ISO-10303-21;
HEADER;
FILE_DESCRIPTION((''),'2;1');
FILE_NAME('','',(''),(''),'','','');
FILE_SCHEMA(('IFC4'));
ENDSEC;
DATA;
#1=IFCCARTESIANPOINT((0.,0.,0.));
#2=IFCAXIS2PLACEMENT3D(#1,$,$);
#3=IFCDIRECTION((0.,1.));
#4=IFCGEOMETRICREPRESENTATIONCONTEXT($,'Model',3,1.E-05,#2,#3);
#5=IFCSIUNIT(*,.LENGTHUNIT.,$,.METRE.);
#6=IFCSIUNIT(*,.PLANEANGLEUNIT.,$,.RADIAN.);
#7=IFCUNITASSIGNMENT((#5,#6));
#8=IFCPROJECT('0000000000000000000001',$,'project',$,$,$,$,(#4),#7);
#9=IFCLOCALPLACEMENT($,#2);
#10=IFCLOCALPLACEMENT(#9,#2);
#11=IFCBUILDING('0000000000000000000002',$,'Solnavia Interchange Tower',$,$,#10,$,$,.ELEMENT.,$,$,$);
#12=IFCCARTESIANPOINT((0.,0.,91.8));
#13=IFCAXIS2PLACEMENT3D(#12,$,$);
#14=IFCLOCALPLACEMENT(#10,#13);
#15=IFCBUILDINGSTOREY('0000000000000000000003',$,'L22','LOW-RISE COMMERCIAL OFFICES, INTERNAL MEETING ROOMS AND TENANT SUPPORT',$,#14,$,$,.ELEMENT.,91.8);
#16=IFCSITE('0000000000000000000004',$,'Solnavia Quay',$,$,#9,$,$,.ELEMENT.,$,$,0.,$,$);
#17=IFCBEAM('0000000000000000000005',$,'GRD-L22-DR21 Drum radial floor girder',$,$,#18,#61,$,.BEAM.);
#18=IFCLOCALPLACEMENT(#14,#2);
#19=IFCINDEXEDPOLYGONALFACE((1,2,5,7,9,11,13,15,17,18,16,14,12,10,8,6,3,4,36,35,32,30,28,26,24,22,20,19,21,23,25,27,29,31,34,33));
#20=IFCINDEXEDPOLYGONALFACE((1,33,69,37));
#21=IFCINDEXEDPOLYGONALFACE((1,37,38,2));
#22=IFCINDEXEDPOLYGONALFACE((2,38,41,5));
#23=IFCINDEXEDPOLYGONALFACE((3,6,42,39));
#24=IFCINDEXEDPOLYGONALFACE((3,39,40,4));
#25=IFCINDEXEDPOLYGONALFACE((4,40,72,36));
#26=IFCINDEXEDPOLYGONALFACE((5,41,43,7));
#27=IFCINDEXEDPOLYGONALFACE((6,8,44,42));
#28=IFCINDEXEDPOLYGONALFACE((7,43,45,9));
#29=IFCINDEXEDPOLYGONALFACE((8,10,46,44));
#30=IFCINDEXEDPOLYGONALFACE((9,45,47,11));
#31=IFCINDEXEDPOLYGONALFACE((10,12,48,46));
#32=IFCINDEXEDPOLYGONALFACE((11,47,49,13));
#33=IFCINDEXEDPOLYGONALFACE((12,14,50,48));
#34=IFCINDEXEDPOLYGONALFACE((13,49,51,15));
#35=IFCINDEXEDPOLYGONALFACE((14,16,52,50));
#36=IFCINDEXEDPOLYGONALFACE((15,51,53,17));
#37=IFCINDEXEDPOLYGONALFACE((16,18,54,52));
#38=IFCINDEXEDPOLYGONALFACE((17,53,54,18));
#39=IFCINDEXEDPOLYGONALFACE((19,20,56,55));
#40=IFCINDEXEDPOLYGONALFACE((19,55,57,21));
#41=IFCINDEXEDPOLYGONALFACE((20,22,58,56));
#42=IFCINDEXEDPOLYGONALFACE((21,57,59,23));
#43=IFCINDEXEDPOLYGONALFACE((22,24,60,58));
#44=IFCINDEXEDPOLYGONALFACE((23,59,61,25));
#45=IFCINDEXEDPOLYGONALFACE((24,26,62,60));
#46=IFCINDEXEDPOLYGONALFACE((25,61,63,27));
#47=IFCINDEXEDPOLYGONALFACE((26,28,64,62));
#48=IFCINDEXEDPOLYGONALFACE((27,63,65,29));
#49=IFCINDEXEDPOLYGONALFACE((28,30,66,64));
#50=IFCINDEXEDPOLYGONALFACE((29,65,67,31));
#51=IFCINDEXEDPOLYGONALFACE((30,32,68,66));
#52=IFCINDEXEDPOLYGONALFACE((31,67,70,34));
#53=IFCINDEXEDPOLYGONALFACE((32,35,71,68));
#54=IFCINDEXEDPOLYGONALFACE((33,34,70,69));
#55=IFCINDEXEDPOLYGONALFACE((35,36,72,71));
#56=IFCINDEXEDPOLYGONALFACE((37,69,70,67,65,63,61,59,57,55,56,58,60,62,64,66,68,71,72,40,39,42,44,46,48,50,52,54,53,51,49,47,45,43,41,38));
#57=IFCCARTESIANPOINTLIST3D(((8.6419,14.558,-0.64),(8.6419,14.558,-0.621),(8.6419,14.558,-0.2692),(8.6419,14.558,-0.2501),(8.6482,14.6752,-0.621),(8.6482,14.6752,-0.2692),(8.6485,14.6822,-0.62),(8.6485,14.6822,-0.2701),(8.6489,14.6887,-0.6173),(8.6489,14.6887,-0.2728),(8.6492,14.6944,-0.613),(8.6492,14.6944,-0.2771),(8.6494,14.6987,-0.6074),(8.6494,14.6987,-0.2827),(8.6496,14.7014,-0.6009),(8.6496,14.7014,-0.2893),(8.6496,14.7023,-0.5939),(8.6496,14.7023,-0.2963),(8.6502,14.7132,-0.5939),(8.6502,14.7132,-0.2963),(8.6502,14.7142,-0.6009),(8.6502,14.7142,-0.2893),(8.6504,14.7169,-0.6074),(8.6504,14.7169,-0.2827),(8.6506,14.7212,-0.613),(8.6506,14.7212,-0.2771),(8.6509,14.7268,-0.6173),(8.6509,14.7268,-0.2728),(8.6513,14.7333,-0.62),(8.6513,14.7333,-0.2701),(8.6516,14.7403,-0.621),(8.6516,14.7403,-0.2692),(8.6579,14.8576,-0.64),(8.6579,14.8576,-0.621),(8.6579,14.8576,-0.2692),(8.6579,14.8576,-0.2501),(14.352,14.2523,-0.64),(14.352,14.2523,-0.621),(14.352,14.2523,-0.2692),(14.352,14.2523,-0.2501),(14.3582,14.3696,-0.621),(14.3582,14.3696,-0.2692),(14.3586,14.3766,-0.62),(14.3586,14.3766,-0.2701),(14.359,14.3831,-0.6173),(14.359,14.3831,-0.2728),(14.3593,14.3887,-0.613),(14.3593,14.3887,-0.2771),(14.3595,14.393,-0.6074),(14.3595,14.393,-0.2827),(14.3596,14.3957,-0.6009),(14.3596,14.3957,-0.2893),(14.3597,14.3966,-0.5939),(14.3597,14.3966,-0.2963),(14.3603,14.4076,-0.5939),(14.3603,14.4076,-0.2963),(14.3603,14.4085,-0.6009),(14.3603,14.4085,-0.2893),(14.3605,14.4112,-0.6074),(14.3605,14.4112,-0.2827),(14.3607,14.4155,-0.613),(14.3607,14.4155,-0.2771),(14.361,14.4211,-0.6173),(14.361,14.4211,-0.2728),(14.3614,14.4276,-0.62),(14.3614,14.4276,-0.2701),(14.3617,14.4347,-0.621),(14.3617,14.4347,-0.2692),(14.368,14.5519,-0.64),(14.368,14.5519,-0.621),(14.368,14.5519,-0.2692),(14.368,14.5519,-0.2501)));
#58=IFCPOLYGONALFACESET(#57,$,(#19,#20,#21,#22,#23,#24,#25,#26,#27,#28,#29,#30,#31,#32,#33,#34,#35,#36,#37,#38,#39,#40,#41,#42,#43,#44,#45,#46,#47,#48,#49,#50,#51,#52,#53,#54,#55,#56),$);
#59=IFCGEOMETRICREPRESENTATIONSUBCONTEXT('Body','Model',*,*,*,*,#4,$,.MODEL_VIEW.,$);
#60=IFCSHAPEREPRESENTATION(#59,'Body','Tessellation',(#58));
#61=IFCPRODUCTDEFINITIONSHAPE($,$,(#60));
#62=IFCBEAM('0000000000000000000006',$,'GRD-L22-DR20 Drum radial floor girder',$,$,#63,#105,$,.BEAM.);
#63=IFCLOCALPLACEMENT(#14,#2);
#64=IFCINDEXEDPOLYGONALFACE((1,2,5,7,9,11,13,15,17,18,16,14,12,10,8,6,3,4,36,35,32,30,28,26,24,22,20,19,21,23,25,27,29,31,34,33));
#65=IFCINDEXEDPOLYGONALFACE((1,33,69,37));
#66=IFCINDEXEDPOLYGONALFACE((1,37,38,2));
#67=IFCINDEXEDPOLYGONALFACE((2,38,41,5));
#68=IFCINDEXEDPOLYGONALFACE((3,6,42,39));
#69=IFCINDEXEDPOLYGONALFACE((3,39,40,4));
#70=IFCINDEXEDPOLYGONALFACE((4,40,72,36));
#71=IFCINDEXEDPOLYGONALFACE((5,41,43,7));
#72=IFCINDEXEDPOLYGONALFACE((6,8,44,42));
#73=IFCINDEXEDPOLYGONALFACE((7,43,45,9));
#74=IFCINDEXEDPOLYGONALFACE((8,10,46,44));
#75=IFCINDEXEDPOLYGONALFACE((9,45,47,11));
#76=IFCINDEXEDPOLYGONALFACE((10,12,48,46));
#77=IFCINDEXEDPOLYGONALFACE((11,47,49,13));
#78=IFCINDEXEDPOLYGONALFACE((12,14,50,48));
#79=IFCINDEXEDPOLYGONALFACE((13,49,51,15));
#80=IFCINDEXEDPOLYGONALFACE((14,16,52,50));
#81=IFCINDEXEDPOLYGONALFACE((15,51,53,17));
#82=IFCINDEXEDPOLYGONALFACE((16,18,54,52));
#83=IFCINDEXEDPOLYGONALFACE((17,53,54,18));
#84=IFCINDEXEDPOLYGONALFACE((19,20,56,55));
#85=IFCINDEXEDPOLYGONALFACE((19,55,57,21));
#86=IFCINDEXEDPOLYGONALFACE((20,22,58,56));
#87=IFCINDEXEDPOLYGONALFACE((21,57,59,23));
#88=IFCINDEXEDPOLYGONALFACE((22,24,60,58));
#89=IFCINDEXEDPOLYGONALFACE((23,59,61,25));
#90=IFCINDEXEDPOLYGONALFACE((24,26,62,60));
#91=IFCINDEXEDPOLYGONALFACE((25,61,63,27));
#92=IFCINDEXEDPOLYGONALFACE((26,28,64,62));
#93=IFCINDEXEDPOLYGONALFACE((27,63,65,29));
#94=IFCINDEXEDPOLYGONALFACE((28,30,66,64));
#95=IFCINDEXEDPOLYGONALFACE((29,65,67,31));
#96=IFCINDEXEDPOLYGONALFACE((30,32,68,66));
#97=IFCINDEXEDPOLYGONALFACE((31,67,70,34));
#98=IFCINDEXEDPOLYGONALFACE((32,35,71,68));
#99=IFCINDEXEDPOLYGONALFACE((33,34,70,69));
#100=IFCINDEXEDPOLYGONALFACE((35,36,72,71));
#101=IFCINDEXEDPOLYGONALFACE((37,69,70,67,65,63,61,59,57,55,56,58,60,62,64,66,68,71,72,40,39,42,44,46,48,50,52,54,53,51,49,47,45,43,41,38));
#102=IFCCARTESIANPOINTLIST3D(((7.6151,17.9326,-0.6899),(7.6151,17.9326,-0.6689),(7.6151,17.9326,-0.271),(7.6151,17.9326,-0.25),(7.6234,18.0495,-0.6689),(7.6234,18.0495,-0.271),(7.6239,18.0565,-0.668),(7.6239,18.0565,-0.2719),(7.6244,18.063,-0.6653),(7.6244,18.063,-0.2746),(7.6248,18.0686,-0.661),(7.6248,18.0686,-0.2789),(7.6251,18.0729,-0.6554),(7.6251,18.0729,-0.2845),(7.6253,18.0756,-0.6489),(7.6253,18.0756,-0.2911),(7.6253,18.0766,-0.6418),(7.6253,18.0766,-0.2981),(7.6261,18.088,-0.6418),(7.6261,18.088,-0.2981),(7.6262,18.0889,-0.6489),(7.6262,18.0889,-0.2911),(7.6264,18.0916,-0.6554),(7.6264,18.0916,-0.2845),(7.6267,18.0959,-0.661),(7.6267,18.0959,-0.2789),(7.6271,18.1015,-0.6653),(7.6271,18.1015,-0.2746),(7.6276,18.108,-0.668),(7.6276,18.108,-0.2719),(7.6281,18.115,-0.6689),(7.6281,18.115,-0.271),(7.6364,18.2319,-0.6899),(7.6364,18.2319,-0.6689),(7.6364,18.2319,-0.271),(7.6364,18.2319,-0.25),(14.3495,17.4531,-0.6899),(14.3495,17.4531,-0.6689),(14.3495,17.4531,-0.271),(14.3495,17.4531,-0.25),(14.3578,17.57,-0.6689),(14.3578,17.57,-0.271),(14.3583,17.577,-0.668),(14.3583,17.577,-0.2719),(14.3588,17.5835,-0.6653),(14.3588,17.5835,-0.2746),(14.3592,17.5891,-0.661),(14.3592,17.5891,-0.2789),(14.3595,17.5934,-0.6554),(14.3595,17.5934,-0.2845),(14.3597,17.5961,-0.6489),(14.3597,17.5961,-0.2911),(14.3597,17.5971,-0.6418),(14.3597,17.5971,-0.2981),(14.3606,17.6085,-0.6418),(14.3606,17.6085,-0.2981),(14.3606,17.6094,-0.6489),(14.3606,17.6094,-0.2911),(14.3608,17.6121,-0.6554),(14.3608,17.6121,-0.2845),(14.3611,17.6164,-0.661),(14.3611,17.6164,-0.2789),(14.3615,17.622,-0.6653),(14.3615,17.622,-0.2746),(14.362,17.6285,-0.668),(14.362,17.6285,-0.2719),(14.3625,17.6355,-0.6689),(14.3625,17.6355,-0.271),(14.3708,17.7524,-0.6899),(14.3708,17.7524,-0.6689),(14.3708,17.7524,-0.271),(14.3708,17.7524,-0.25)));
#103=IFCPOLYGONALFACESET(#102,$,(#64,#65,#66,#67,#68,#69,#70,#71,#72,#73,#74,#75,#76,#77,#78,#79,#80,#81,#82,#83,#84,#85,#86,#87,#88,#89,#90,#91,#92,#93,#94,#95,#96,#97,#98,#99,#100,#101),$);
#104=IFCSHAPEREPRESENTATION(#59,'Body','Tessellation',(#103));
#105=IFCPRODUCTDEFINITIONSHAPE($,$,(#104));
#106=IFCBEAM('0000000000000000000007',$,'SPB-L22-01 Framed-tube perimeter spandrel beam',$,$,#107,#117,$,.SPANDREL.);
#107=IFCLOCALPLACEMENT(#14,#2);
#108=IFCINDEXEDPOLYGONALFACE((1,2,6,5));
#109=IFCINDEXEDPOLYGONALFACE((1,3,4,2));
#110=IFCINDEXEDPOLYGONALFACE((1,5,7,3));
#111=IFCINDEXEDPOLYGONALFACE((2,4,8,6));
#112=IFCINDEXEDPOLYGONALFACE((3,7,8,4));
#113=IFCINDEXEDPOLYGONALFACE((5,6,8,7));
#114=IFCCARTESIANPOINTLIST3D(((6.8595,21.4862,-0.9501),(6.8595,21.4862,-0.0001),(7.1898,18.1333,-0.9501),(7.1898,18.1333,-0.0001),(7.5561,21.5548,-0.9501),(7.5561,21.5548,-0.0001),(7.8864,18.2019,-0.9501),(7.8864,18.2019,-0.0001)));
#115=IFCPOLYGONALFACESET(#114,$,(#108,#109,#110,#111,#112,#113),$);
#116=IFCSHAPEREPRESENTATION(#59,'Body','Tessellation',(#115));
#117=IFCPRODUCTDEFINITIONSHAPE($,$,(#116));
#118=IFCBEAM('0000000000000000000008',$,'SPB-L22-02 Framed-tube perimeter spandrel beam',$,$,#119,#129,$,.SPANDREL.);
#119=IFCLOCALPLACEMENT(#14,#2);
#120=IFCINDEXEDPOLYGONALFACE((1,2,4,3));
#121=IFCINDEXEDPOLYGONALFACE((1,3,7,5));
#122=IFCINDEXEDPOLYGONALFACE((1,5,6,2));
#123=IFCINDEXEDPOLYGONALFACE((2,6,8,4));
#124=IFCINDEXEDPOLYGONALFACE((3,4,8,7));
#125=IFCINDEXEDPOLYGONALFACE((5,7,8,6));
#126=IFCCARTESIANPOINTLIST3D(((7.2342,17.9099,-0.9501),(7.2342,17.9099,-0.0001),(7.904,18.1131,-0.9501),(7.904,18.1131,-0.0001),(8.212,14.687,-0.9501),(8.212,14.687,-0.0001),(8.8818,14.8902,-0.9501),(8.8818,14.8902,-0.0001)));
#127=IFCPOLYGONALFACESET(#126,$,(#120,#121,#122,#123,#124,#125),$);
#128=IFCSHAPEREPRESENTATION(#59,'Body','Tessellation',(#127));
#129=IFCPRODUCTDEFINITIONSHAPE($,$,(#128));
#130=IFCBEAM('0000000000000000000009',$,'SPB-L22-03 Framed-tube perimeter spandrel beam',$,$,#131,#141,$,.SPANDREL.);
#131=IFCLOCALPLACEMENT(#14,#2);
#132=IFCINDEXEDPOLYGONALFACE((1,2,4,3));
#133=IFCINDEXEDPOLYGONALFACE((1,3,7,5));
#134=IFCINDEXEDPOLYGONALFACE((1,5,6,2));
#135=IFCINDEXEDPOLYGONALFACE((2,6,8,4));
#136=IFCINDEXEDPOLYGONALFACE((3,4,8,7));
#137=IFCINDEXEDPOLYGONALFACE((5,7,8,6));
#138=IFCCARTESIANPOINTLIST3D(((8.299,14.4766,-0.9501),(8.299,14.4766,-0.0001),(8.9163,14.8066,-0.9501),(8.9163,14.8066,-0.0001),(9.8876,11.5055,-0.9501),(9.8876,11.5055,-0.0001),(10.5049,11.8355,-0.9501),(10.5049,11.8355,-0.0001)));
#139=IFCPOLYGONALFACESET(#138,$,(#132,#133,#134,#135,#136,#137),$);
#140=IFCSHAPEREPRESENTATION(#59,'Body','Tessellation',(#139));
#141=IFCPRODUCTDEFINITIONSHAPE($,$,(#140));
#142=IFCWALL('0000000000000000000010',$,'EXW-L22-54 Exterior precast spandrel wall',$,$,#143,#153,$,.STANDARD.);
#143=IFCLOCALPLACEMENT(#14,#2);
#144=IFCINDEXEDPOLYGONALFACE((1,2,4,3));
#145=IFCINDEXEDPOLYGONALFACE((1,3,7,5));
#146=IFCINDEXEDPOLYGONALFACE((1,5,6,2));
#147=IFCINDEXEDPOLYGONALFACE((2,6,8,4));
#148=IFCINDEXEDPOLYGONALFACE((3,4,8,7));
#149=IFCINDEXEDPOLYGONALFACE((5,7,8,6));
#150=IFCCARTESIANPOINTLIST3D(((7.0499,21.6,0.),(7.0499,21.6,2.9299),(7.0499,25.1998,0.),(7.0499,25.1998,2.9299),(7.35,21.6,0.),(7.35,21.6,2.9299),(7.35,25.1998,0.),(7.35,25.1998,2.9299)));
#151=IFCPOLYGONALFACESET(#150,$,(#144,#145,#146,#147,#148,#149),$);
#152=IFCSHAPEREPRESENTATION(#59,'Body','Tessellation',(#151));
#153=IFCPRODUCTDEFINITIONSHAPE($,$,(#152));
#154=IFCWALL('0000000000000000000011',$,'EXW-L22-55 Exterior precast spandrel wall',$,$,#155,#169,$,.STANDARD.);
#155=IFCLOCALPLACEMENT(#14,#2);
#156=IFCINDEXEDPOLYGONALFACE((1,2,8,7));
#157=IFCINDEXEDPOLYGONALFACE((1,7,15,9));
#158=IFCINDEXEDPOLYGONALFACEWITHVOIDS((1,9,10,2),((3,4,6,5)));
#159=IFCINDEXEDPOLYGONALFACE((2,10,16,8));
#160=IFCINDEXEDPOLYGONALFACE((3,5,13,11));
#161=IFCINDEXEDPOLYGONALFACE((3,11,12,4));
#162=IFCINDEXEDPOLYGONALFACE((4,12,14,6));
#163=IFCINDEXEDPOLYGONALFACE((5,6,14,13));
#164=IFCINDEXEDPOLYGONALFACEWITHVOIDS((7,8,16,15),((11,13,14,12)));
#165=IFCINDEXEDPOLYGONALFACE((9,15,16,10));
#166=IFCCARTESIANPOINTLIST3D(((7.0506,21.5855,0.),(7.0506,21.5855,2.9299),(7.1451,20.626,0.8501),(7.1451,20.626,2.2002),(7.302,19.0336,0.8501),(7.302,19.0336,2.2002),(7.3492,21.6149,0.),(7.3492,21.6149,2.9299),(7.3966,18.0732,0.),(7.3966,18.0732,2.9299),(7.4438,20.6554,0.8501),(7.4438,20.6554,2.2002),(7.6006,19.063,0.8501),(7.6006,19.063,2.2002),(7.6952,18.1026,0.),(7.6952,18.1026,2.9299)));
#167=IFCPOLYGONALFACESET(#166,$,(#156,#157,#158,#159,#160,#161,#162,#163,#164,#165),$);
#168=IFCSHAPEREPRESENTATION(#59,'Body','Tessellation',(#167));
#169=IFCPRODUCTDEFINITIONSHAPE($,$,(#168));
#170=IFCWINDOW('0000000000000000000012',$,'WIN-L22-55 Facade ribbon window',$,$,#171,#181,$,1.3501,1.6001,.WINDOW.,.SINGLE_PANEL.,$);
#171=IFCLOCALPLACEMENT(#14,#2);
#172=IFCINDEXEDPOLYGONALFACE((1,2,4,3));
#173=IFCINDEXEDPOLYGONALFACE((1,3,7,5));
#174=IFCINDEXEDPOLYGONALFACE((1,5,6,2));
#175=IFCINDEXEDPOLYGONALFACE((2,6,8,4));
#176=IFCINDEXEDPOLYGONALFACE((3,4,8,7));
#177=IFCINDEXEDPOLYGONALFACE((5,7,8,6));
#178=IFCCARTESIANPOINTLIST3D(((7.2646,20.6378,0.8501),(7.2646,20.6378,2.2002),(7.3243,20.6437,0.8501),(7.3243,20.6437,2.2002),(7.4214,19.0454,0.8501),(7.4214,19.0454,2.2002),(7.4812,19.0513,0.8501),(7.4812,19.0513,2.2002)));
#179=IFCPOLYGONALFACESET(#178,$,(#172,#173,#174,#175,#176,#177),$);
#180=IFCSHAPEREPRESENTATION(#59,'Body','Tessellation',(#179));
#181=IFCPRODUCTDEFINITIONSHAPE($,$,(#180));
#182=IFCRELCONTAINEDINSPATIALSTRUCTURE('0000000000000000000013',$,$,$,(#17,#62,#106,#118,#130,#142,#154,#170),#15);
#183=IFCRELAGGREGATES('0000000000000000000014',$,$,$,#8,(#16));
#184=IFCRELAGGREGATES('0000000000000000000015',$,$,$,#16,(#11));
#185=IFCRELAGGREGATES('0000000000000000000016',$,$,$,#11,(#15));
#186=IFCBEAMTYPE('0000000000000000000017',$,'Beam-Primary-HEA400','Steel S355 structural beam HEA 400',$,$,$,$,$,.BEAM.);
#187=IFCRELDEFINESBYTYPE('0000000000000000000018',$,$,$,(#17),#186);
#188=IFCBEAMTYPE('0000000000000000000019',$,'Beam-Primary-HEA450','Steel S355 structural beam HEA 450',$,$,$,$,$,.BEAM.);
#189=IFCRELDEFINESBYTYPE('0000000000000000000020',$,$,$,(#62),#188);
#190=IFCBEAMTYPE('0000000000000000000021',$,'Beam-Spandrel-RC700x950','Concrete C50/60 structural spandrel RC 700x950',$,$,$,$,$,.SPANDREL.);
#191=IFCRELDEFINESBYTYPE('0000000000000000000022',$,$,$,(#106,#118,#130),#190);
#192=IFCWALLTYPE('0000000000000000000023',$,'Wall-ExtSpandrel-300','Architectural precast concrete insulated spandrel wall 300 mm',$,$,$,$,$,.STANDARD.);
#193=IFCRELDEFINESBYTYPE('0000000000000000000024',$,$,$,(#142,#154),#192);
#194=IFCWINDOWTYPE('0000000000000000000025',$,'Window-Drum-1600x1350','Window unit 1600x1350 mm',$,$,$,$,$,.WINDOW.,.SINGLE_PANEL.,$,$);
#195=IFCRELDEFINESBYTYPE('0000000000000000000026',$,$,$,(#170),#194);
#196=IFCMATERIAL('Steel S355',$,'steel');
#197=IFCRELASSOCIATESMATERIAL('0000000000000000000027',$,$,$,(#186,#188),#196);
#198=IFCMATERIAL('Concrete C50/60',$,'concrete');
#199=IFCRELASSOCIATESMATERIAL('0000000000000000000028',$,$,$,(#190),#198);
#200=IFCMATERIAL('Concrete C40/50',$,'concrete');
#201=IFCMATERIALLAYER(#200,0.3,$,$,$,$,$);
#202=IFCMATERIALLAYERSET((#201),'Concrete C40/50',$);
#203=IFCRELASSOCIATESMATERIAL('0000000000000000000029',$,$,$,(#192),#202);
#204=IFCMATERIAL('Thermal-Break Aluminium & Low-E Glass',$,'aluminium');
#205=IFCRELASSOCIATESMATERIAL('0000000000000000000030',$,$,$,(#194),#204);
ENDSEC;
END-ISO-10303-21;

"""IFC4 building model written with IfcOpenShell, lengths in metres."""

from ifc_helpers import new_model, si_unit, direction, frame, frame_2d, origin, origin_2d, place, context, subcontext, project, spatial, rectangle, i_section, extrude, material, layer, layer_set, material_profile, profile_set, type_object, element, fill, save


model = new_model("IFC4")

# Units and contexts
model_context = context("Model", 3, precision=1e-05, world=origin(), true_north=direction((0.0, 1.0)))
body_context = subcontext(model_context, "Body", "Model", "MODEL_VIEW")
ifc_project = project(units=[si_unit("LENGTHUNIT", "METRE"), si_unit("PLANEANGLEUNIT", "RADIAN")], contexts=[model_context])

# Site, building, storey
site_placement = place(None, origin())
site = spatial("IfcSite", under=ifc_project, at=site_placement, Name="Solnavia Quay", CompositionType="ELEMENT", RefElevation=0.0)
building_placement = place(site_placement, origin())
building = spatial("IfcBuilding", under=site, at=building_placement, Name="Solnavia Interchange Tower", CompositionType="ELEMENT")
storey_placement = place(building_placement, frame((0.0, 0.0, 91.8)))
storey = spatial("IfcBuildingStorey", under=building, at=storey_placement, Name="L22", Description="LOW-RISE COMMERCIAL OFFICES, INTERNAL MEETING ROOMS AND TENANT SUPPORT", CompositionType="ELEMENT", Elevation=91.8)

# Beams
ifc_material_1 = material(Name="Concrete C50/60", Category="concrete")
ifc_material_2 = material(Name="Steel S355", Category="steel")
ifc_material_profile_1 = material_profile(ifc_material_2, i_section(OverallWidth=0.3, OverallDepth=0.3899, WebThickness=0.011, FlangeThickness=0.019, FilletRadius=0.0271, at=origin_2d()), Name="HEA 400")
ifc_profile_set_1 = profile_set([ifc_material_profile_1], Name="Steel S355")
beam_type_1 = type_object("IfcBeamType", Name="Beam-Primary-HEA400", Description="Steel S355 structural beam HEA 400", PredefinedType="BEAM", material=ifc_profile_set_1)
beam_1_placement = place(storey_placement, frame((8.6499, 14.7078, -0.4451), z_axis=(0.99857, -0.053453, 0.0), x_axis=(0.053453, 0.99857, 0.0)))
element("IfcBeam", 1, at=beam_1_placement, inside=storey, type_object=beam_type_1, Name="GRD-L22-DR21 Drum radial floor girder", PredefinedType="BEAM", context=body_context, shape_type="SweptSolid", body=[
    extrude(i_section(OverallWidth=0.3, OverallDepth=0.3899, WebThickness=0.011, FlangeThickness=0.019, FilletRadius=0.0271, at=origin_2d()), origin(), (0.0, 0.0, 1.0), 5.7183),
])
ifc_material_profile_2 = material_profile(ifc_material_2, i_section(OverallWidth=0.3, OverallDepth=0.4399, WebThickness=0.0115, FlangeThickness=0.021, FilletRadius=0.0271, at=origin_2d()), Name="HEA 450")
ifc_profile_set_2 = profile_set([ifc_material_profile_2], Name="Steel S355")
beam_type_2 = type_object("IfcBeamType", Name="Beam-Primary-HEA450", Description="Steel S355 structural beam HEA 450", PredefinedType="BEAM", material=ifc_profile_set_2)
beam_2_placement = place(storey_placement, frame((7.6257, 18.0823, -0.47), z_axis=(0.997475, -0.071021, 0.0), x_axis=(0.071021, 0.997475, 0.0)))
element("IfcBeam", 2, at=beam_2_placement, inside=storey, type_object=beam_type_2, Name="GRD-L22-DR20 Drum radial floor girder", PredefinedType="BEAM", context=body_context, shape_type="SweptSolid", body=[
    extrude(i_section(OverallWidth=0.3, OverallDepth=0.4399, WebThickness=0.0115, FlangeThickness=0.021, FilletRadius=0.0271, at=origin_2d()), origin(), (0.0, 0.0, 1.0), 6.7515),
])
ifc_material_profile_3 = material_profile(ifc_material_1, rectangle(XDim=0.7, YDim=0.95, at=origin_2d()), Name="RC 700x950")
ifc_profile_set_3 = profile_set([ifc_material_profile_3], Name="Concrete C50/60")
beam_type_3 = type_object("IfcBeamType", Name="Beam-Spandrel-RC700x950", Description="Concrete C50/60 structural spandrel RC 700x950", PredefinedType="SPANDREL", material=ifc_profile_set_3)
beam_3_placement = place(storey_placement, frame((7.2078, 21.5205, -0.4751), z_axis=(0.09804, -0.995182, 0.0), x_axis=(0.995182, 0.09804, 0.0)))
element("IfcBeam", 3, at=beam_3_placement, inside=storey, type_object=beam_type_3, Name="SPB-L22-01 Framed-tube perimeter spandrel beam", PredefinedType="SPANDREL", context=body_context, shape_type="SweptSolid", body=[
    extrude(rectangle(XDim=0.7, YDim=0.95, at=origin_2d()), origin(), (0.0, 0.0, 1.0), 3.3691),
])
beam_4_placement = place(storey_placement, frame((7.5691, 18.0115, -0.4751), z_axis=(0.290319, -0.95693, 0.0), x_axis=(0.95693, 0.290319, 0.0)))
element("IfcBeam", 4, at=beam_4_placement, inside=storey, type_object=beam_type_3, Name="SPB-L22-02 Framed-tube perimeter spandrel beam", PredefinedType="SPANDREL", context=body_context, shape_type="SweptSolid", body=[
    extrude(rectangle(XDim=0.7, YDim=0.95, at=origin_2d()), origin(), (0.0, 0.0, 1.0), 3.3679),
])
beam_5_placement = place(storey_placement, frame((8.6077, 14.6416, -0.4751), z_axis=(0.471509, -0.881861, 0.0), x_axis=(0.881861, 0.471509, 0.0)))
element("IfcBeam", 5, at=beam_5_placement, inside=storey, type_object=beam_type_3, Name="SPB-L22-03 Framed-tube perimeter spandrel beam", PredefinedType="SPANDREL", context=body_context, shape_type="SweptSolid", body=[
    extrude(rectangle(XDim=0.7, YDim=0.95, at=origin_2d()), origin(), (0.0, 0.0, 1.0), 3.3691),
])

# Wall
ifc_material_3 = material(Name="Concrete C40/50", Category="concrete")
ifc_layer_1 = layer(ifc_material_3, 0.3)
ifc_layer_set_1 = layer_set([ifc_layer_1], Name="Concrete C40/50")
wall_type_1 = type_object("IfcWallType", Name="Wall-ExtSpandrel-300", Description="Architectural precast concrete insulated spandrel wall 300 mm", PredefinedType="STANDARD", material=ifc_layer_set_1)
wall_1_placement = place(storey_placement, frame((7.2, 21.6001, 0.0), z_axis=(0.0, 0.0, 1.0), x_axis=(0.0, 1.0, 0.0)))
element("IfcWall", 6, at=wall_1_placement, inside=storey, type_object=wall_type_1, Name="EXW-L22-54 Exterior precast spandrel wall", PredefinedType="STANDARD", context=body_context, shape_type="SweptSolid", body=[
    extrude(rectangle(XDim=3.5999, YDim=0.3, at=frame_2d((1.7998, 0.0))), origin(), (0.0, 0.0, 1.0), 2.9299),
])

# Wall, opening, window
wall_2_placement = place(storey_placement, frame((7.5459, 18.0879, 0.0), z_axis=(0.0, 0.0, 1.0), x_axis=(-0.098024, 0.995184, 0.0)))
wall_2 = element("IfcWall", 7, at=wall_2_placement, inside=storey, type_object=wall_type_1, Name="EXW-L22-55 Exterior precast spandrel wall", PredefinedType="STANDARD", context=body_context, shape_type="SweptSolid", body=[
    extrude(rectangle(XDim=3.5293, YDim=0.3, at=frame_2d((1.7646, 0.0))), origin(), (0.0, 0.0, 1.0), 2.9299),
])
opening_1_placement = place(wall_2_placement, frame((0.9651, 0.0, 0.8501)))
opening_1 = element("IfcOpeningElement", 8, at=opening_1_placement, cuts=wall_2, PredefinedType="OPENING", context=body_context, shape_type="SweptSolid", body=[
    extrude(rectangle(XDim=1.6001, YDim=1.3501, at=frame_2d((0.8, 0.675))), frame((0.0, 0.1602, 0.0), z_axis=(0.0, -1.0, 0.0), x_axis=(1.0, 0.0, 0.0)), (0.0, 0.0, 1.0), 0.3201),
])
ifc_material_4 = material(Name="Thermal-Break Aluminium & Low-E Glass", Category="aluminium")
window_type = type_object("IfcWindowType", Name="Window-Drum-1600x1350", Description="Window unit 1600x1350 mm", PartitioningType="SINGLE_PANEL", PredefinedType="WINDOW", material=ifc_material_4)
window_1_placement = place(opening_1_placement, origin())
window_1 = element("IfcWindow", 9, at=window_1_placement, inside=storey, type_object=window_type, Name="WIN-L22-55 Facade ribbon window", OverallHeight=1.3501, OverallWidth=1.6001, PartitioningType="SINGLE_PANEL", PredefinedType="WINDOW", context=body_context, shape_type="SweptSolid", body=[
    extrude(rectangle(XDim=1.6001, YDim=1.3501, at=frame_2d((0.8, 0.675))), frame((0.0, 0.03, 0.0), z_axis=(0.0, -1.0, 0.0), x_axis=(1.0, 0.0, 0.0)), (0.0, 0.0, 1.0), 0.0601),
])
fill(opening_1, window_1)

save(model, "model.ifc")
